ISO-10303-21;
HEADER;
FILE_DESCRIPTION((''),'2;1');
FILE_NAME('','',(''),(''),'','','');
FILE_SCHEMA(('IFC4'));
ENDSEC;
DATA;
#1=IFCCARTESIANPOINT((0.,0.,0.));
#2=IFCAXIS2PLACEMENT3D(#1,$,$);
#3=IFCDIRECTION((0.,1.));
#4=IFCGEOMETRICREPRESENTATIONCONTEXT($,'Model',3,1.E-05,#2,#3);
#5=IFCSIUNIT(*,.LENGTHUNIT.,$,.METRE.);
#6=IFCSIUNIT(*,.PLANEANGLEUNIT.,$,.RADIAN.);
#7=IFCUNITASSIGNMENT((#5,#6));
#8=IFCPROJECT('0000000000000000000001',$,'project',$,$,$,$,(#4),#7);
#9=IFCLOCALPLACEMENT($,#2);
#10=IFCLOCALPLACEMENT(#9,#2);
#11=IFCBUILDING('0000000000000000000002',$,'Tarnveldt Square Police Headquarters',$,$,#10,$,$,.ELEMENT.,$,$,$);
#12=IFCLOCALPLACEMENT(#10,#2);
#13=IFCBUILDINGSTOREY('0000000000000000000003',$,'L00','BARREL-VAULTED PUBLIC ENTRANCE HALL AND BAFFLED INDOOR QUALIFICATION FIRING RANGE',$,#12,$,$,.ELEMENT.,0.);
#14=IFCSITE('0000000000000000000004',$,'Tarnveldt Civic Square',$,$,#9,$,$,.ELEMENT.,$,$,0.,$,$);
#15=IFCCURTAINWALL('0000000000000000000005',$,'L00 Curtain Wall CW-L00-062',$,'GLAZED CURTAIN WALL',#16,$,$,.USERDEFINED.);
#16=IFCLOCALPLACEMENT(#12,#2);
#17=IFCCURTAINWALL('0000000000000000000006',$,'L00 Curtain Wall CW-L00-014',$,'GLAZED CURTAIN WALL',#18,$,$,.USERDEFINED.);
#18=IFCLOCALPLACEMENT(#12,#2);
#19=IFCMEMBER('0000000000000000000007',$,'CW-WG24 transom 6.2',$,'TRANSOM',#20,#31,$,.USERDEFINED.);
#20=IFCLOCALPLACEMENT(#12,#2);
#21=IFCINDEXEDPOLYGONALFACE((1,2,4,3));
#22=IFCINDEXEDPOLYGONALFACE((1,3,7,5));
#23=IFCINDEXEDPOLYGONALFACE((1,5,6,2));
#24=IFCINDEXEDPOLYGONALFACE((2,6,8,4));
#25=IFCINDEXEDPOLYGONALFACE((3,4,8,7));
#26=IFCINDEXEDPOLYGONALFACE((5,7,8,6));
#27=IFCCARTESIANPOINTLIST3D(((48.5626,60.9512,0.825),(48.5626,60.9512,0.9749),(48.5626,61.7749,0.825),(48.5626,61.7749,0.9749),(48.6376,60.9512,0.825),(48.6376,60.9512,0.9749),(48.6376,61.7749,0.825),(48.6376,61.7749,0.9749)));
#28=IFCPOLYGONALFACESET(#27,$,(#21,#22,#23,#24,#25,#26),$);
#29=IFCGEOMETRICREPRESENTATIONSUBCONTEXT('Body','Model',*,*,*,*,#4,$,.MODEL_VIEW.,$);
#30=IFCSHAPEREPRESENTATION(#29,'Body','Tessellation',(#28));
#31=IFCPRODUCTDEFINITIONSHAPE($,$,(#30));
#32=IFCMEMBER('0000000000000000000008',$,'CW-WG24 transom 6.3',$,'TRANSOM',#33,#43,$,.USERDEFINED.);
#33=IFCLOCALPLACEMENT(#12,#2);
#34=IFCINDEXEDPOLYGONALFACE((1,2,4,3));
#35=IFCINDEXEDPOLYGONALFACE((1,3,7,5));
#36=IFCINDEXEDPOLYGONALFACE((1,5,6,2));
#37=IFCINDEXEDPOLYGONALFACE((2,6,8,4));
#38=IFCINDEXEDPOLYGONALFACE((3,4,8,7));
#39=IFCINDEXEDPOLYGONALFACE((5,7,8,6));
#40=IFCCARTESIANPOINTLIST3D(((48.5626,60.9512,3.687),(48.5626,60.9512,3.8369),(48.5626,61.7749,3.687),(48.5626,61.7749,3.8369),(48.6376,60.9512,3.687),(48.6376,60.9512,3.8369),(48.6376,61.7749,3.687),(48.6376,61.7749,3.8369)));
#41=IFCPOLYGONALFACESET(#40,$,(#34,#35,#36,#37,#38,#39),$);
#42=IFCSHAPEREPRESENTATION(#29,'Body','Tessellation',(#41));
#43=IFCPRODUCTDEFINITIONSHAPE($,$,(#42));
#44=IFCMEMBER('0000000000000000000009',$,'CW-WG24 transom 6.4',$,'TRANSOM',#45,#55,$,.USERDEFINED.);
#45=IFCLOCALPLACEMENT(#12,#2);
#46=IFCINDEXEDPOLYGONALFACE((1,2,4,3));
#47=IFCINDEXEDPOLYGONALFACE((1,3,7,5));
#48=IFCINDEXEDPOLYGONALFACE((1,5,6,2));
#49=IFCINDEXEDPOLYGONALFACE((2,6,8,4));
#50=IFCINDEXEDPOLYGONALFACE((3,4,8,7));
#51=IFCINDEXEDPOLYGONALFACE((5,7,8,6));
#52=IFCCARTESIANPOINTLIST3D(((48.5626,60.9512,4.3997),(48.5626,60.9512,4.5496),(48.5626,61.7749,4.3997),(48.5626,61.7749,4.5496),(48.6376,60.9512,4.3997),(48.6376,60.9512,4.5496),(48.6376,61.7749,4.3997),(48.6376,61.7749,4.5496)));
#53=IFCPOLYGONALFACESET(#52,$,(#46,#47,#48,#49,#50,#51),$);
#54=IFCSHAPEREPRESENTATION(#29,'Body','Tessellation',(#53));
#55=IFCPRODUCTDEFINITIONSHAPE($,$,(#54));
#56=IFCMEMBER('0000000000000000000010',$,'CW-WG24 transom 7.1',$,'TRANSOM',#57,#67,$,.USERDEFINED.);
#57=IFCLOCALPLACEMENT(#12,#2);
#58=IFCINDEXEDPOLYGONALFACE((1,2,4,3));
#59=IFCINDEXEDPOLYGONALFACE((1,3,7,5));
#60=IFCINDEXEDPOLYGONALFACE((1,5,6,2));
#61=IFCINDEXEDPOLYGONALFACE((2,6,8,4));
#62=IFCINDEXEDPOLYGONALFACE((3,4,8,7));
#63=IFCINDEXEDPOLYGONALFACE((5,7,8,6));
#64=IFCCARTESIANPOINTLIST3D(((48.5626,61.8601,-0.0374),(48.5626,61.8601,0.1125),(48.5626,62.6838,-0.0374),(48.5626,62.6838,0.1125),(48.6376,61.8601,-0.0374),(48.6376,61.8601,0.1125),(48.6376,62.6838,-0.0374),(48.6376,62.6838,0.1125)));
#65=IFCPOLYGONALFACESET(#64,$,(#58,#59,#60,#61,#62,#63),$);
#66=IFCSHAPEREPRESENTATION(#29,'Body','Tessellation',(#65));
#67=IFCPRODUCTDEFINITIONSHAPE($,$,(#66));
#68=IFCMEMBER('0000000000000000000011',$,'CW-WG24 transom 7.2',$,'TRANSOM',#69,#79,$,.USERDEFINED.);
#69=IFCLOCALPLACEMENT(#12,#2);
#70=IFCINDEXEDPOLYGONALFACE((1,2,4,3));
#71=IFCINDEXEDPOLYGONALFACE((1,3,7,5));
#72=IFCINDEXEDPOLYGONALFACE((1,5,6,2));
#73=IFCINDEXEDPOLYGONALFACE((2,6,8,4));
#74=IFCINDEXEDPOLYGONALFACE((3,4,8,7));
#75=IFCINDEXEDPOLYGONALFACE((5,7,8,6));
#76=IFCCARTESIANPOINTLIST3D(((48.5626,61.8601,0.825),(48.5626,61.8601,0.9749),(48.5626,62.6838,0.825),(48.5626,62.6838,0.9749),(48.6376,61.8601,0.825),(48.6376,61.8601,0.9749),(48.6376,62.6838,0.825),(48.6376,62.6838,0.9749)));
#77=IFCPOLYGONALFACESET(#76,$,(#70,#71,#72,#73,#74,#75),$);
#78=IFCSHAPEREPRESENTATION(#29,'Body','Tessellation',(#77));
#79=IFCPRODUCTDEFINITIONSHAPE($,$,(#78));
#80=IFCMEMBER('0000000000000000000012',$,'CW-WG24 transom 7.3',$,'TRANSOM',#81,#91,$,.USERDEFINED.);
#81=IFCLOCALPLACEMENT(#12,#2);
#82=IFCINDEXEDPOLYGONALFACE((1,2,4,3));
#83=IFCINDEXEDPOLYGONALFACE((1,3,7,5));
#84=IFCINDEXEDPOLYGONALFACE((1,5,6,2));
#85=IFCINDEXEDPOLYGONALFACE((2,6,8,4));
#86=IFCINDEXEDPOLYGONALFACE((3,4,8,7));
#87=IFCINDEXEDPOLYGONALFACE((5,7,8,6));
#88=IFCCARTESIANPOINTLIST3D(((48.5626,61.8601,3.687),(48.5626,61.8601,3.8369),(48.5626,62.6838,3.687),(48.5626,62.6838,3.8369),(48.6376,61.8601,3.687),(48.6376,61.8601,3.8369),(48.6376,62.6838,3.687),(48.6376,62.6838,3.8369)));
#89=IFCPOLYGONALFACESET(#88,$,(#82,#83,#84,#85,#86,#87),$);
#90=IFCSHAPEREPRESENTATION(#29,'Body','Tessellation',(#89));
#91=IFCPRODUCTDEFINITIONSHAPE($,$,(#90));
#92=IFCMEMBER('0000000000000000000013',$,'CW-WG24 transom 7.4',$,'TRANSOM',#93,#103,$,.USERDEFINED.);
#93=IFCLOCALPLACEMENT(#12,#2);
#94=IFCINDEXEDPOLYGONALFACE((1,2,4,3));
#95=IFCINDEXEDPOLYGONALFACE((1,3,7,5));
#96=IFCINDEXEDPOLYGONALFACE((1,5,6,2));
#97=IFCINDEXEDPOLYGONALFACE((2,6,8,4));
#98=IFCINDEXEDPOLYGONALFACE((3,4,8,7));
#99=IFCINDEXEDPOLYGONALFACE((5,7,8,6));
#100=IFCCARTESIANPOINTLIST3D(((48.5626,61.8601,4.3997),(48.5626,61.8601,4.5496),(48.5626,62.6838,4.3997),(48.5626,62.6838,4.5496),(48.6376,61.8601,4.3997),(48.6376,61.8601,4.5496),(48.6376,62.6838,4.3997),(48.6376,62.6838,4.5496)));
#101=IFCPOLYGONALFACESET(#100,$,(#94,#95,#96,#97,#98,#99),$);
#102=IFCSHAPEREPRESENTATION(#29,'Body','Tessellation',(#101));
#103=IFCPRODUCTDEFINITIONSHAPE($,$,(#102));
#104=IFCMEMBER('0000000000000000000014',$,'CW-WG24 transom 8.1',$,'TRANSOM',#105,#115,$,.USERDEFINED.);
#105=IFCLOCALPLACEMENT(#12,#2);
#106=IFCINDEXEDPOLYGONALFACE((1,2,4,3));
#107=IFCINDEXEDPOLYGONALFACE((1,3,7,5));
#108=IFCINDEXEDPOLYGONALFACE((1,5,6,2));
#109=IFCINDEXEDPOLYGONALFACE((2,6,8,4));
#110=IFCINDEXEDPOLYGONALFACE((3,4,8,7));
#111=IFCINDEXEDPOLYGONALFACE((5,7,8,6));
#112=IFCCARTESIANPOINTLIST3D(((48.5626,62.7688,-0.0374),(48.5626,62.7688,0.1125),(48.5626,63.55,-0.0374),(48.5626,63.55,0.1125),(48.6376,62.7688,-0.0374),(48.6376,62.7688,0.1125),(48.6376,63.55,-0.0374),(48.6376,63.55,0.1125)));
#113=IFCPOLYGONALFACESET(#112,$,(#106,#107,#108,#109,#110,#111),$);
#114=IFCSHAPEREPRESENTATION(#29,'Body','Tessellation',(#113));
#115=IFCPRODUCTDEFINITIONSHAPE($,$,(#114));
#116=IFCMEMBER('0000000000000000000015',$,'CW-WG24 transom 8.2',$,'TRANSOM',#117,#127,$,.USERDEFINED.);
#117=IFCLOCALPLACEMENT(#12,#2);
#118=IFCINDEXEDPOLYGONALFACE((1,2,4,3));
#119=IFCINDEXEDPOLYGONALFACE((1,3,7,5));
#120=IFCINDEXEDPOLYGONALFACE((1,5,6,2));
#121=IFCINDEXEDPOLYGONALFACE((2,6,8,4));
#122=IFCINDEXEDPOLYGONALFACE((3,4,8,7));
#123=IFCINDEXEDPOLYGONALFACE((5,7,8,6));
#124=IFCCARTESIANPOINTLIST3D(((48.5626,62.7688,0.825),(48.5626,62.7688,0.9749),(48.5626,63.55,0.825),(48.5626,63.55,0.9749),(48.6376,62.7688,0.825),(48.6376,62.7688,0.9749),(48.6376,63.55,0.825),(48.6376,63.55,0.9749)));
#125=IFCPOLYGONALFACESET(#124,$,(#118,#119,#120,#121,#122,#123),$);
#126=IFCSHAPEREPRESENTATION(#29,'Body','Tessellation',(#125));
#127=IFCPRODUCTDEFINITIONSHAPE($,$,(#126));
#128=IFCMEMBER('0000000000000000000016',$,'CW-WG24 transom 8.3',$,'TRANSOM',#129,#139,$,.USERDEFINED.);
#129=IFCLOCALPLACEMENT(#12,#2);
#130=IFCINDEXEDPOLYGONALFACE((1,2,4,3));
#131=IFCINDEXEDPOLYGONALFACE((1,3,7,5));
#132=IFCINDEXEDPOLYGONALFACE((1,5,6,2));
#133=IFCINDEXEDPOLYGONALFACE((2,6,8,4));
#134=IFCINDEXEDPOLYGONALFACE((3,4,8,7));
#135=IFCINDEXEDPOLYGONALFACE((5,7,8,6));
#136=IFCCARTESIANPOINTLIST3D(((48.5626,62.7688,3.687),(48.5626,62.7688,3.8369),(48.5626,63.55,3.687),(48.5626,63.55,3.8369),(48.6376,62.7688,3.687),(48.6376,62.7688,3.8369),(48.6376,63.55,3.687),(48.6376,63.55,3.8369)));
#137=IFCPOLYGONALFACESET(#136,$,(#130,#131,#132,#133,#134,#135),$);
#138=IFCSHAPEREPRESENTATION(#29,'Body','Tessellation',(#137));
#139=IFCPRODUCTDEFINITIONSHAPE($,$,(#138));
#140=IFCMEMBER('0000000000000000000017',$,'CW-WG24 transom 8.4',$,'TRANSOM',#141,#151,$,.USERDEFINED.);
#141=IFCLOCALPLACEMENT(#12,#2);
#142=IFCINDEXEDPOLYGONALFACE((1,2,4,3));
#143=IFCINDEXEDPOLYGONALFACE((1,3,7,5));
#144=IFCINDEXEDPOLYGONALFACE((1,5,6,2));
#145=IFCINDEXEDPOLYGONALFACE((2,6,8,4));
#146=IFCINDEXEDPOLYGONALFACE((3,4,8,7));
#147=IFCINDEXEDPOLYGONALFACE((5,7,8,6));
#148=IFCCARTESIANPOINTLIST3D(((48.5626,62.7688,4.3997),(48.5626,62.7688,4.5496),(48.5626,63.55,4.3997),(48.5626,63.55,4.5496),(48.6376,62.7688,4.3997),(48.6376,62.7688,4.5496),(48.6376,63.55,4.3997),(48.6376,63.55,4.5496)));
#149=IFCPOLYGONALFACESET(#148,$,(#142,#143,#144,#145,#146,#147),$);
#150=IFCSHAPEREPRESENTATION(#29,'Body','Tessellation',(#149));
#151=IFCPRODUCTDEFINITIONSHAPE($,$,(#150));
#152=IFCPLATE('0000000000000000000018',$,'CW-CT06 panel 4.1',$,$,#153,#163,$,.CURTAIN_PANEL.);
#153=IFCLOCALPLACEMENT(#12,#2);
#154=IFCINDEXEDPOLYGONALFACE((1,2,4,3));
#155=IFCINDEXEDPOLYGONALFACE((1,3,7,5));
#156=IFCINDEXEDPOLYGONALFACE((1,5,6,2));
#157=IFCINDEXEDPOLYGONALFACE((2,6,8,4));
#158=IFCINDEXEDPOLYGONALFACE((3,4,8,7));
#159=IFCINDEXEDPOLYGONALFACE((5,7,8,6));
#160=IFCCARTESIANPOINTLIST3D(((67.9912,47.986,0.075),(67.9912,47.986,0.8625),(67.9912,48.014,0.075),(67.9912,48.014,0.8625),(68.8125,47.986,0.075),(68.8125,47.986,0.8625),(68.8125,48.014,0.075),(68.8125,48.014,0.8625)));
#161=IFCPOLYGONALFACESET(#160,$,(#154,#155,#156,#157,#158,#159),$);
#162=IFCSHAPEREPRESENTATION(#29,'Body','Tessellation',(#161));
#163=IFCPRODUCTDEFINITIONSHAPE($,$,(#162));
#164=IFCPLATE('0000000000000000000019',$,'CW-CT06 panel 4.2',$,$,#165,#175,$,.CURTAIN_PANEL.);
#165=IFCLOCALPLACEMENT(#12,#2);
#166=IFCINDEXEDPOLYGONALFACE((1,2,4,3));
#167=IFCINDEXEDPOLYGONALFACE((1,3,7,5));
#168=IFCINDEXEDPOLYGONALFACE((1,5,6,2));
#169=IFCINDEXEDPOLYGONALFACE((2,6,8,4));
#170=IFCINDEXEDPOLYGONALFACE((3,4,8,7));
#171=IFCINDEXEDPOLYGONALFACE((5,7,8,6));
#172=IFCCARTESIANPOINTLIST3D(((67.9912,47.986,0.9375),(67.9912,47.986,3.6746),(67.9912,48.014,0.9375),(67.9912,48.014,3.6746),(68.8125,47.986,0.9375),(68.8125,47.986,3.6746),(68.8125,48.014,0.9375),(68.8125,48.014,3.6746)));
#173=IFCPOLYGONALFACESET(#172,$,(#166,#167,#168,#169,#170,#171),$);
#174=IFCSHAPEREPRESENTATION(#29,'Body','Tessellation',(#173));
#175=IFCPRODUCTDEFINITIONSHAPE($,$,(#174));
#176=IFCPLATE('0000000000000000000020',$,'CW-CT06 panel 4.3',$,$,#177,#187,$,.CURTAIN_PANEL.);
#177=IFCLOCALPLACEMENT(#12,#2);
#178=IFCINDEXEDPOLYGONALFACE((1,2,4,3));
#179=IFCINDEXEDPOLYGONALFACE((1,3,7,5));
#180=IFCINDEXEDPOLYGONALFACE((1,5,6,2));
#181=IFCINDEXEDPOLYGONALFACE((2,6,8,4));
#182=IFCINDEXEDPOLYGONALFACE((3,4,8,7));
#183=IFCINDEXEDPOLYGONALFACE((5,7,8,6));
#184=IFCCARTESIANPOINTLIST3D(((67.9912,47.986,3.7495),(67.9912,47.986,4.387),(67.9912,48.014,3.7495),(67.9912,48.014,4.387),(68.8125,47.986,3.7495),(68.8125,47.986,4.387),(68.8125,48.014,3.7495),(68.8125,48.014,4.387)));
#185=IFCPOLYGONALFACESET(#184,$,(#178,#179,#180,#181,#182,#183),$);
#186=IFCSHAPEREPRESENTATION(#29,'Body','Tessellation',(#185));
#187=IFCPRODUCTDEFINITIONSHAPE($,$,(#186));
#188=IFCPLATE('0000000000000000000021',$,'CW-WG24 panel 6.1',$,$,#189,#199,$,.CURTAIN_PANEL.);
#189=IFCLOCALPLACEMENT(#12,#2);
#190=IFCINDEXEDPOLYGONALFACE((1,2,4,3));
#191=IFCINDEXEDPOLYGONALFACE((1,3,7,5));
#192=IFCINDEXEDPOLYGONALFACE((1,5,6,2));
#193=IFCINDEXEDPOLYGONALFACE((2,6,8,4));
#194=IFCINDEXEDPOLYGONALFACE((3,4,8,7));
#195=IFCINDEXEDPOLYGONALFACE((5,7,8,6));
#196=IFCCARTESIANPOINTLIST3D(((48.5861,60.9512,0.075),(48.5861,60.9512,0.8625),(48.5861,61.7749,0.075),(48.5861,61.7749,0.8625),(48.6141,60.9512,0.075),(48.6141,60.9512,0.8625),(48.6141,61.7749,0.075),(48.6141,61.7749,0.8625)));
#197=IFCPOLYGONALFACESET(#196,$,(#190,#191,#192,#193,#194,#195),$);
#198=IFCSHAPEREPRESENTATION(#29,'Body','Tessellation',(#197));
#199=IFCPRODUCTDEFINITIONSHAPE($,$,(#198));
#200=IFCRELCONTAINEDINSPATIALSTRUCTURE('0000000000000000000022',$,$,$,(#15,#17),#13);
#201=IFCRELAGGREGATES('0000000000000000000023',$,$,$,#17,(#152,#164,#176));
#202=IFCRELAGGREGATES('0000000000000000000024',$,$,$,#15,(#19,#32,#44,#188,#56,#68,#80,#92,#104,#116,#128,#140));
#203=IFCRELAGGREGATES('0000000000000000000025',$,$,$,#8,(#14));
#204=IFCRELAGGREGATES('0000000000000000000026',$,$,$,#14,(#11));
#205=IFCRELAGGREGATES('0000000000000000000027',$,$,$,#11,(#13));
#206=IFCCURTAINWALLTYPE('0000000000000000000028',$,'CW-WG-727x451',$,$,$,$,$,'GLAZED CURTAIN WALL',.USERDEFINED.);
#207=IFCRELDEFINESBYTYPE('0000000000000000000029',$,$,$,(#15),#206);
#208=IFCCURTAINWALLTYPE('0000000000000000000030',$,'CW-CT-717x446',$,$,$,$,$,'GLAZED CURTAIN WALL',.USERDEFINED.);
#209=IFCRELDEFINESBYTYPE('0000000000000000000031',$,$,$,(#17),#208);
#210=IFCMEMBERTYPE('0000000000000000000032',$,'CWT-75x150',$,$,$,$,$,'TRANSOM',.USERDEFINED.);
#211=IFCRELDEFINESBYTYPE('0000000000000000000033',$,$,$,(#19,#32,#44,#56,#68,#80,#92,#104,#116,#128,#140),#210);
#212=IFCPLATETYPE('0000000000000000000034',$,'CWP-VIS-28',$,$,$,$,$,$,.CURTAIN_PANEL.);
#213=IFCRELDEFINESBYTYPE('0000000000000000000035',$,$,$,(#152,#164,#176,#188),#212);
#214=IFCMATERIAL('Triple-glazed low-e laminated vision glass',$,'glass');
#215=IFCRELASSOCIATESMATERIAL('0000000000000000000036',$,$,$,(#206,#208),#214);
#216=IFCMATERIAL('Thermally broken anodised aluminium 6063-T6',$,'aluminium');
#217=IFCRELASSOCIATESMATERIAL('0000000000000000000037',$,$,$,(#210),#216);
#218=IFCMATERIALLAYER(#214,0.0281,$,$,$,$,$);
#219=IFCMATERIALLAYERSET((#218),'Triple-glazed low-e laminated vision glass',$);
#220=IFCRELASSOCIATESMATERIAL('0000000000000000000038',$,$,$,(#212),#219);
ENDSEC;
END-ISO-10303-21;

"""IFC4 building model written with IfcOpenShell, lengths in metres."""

from ifc_helpers import new_model, si_unit, direction, frame, origin, origin_2d, place, context, subcontext, project, spatial, rectangle, extrude, material, layer, layer_set, material_profile, profile_set, type_object, element, aggregate, save


model = new_model("IFC4")

# Units and contexts
model_context = context("Model", 3, precision=1e-05, world=origin(), true_north=direction((0.0, 1.0)))
body_context = subcontext(model_context, "Body", "Model", "MODEL_VIEW")
ifc_project = project(units=[si_unit("LENGTHUNIT", "METRE"), si_unit("PLANEANGLEUNIT", "RADIAN")], contexts=[model_context])

# Site, building, storey
site_placement = place(None, origin())
site = spatial("IfcSite", under=ifc_project, at=site_placement, Name="Tarnveldt Civic Square", CompositionType="ELEMENT", RefElevation=0.0)
building_placement = place(site_placement, origin())
building = spatial("IfcBuilding", under=site, at=building_placement, Name="Tarnveldt Square Police Headquarters", CompositionType="ELEMENT")
storey_placement = place(building_placement, origin())
storey = spatial("IfcBuildingStorey", under=building, at=storey_placement, Name="L00", Description="BARREL-VAULTED PUBLIC ENTRANCE HALL AND BAFFLED INDOOR QUALIFICATION FIRING RANGE", CompositionType="ELEMENT", Elevation=0.0)

# Curtain walls
ifc_material_1 = material(Name="Triple-glazed low-e laminated vision glass", Category="glass")
curtain_wall_type_1 = type_object("IfcCurtainWallType", Name="CW-WG-727x451", ElementType="GLAZED CURTAIN WALL", PredefinedType="USERDEFINED", material=ifc_material_1)
curtain_wall_1_placement = place(storey_placement, origin())
curtain_wall_1 = element("IfcCurtainWall", 1, at=curtain_wall_1_placement, inside=storey, type_object=curtain_wall_type_1, Name="L00 Curtain Wall CW-L00-062", ObjectType="GLAZED CURTAIN WALL", PredefinedType="USERDEFINED")
ifc_material_2 = material(Name="Thermally broken anodised aluminium 6063-T6", Category="aluminium")
curtain_wall_type_2 = type_object("IfcCurtainWallType", Name="CW-CT-717x446", ElementType="GLAZED CURTAIN WALL", PredefinedType="USERDEFINED", material=ifc_material_1)
curtain_wall_2_placement = place(storey_placement, origin())
curtain_wall_2 = element("IfcCurtainWall", 2, at=curtain_wall_2_placement, inside=storey, type_object=curtain_wall_type_2, Name="L00 Curtain Wall CW-L00-014", ObjectType="GLAZED CURTAIN WALL", PredefinedType="USERDEFINED")
ifc_material_profile_1 = material_profile(ifc_material_2, rectangle(XDim=0.075, YDim=0.1499, at=origin_2d()), Name="CW-T75x150")
ifc_profile_set_1 = profile_set([ifc_material_profile_1], Name="Thermally broken anodised aluminium 6063-T6")
member_type_1 = type_object("IfcMemberType", Name="CWT-75x150", ElementType="TRANSOM", PredefinedType="USERDEFINED", material=ifc_profile_set_1)

# Members
member_1_placement = place(storey_placement, frame((48.6001, 60.9512, 0.8999), z_axis=(0.0, 1.0, 0.0), x_axis=(-1.0, 0.0, 0.0)))
member_1 = element("IfcMember", 3, at=member_1_placement, type_object=member_type_1, Name="CW-WG24 transom 6.2", ObjectType="TRANSOM", PredefinedType="USERDEFINED", context=body_context, shape_type="SweptSolid", body=[
    extrude(rectangle(XDim=0.075, YDim=0.1499, at=origin_2d()), origin(), (0.0, 0.0, 1.0), 0.8237),
])
member_2_placement = place(storey_placement, frame((48.6001, 60.9512, 3.762), z_axis=(0.0, 1.0, 0.0), x_axis=(-1.0, 0.0, 0.0)))
member_2 = element("IfcMember", 4, at=member_2_placement, type_object=member_type_1, Name="CW-WG24 transom 6.3", ObjectType="TRANSOM", PredefinedType="USERDEFINED", context=body_context, shape_type="SweptSolid", body=[
    extrude(rectangle(XDim=0.075, YDim=0.1499, at=origin_2d()), origin(), (0.0, 0.0, 1.0), 0.8237),
])
member_3_placement = place(storey_placement, frame((48.6001, 60.9512, 4.4746), z_axis=(0.0, 1.0, 0.0), x_axis=(-1.0, 0.0, 0.0)))
member_3 = element("IfcMember", 5, at=member_3_placement, type_object=member_type_1, Name="CW-WG24 transom 6.4", ObjectType="TRANSOM", PredefinedType="USERDEFINED", context=body_context, shape_type="SweptSolid", body=[
    extrude(rectangle(XDim=0.075, YDim=0.1499, at=origin_2d()), origin(), (0.0, 0.0, 1.0), 0.8237),
])
member_4_placement = place(storey_placement, frame((48.6001, 61.8601, 0.0376), z_axis=(0.0, 1.0, 0.0), x_axis=(-1.0, 0.0, 0.0)))
member_4 = element("IfcMember", 6, at=member_4_placement, type_object=member_type_1, Name="CW-WG24 transom 7.1", ObjectType="TRANSOM", PredefinedType="USERDEFINED", context=body_context, shape_type="SweptSolid", body=[
    extrude(rectangle(XDim=0.075, YDim=0.1499, at=origin_2d()), origin(), (0.0, 0.0, 1.0), 0.8237),
])
member_5_placement = place(storey_placement, frame((48.6001, 61.8601, 0.8999), z_axis=(0.0, 1.0, 0.0), x_axis=(-1.0, 0.0, 0.0)))
member_5 = element("IfcMember", 7, at=member_5_placement, type_object=member_type_1, Name="CW-WG24 transom 7.2", ObjectType="TRANSOM", PredefinedType="USERDEFINED", context=body_context, shape_type="SweptSolid", body=[
    extrude(rectangle(XDim=0.075, YDim=0.1499, at=origin_2d()), origin(), (0.0, 0.0, 1.0), 0.8237),
])
member_6_placement = place(storey_placement, frame((48.6001, 61.8601, 3.762), z_axis=(0.0, 1.0, 0.0), x_axis=(-1.0, 0.0, 0.0)))
member_6 = element("IfcMember", 8, at=member_6_placement, type_object=member_type_1, Name="CW-WG24 transom 7.3", ObjectType="TRANSOM", PredefinedType="USERDEFINED", context=body_context, shape_type="SweptSolid", body=[
    extrude(rectangle(XDim=0.075, YDim=0.1499, at=origin_2d()), origin(), (0.0, 0.0, 1.0), 0.8237),
])
member_7_placement = place(storey_placement, frame((48.6001, 61.8601, 4.4746), z_axis=(0.0, 1.0, 0.0), x_axis=(-1.0, 0.0, 0.0)))
member_7 = element("IfcMember", 9, at=member_7_placement, type_object=member_type_1, Name="CW-WG24 transom 7.4", ObjectType="TRANSOM", PredefinedType="USERDEFINED", context=body_context, shape_type="SweptSolid", body=[
    extrude(rectangle(XDim=0.075, YDim=0.1499, at=origin_2d()), origin(), (0.0, 0.0, 1.0), 0.8237),
])
member_8_placement = place(storey_placement, frame((48.6001, 62.7688, 0.0376), z_axis=(0.0, 1.0, 0.0), x_axis=(-1.0, 0.0, 0.0)))
member_8 = element("IfcMember", 10, at=member_8_placement, type_object=member_type_1, Name="CW-WG24 transom 8.1", ObjectType="TRANSOM", PredefinedType="USERDEFINED", context=body_context, shape_type="SweptSolid", body=[
    extrude(rectangle(XDim=0.075, YDim=0.1499, at=origin_2d()), origin(), (0.0, 0.0, 1.0), 0.7812),
])
member_9_placement = place(storey_placement, frame((48.6001, 62.7688, 0.8999), z_axis=(0.0, 1.0, 0.0), x_axis=(-1.0, 0.0, 0.0)))
member_9 = element("IfcMember", 11, at=member_9_placement, type_object=member_type_1, Name="CW-WG24 transom 8.2", ObjectType="TRANSOM", PredefinedType="USERDEFINED", context=body_context, shape_type="SweptSolid", body=[
    extrude(rectangle(XDim=0.075, YDim=0.1499, at=origin_2d()), origin(), (0.0, 0.0, 1.0), 0.7812),
])
member_10_placement = place(storey_placement, frame((48.6001, 62.7688, 3.762), z_axis=(0.0, 1.0, 0.0), x_axis=(-1.0, 0.0, 0.0)))
member_10 = element("IfcMember", 12, at=member_10_placement, type_object=member_type_1, Name="CW-WG24 transom 8.3", ObjectType="TRANSOM", PredefinedType="USERDEFINED", context=body_context, shape_type="SweptSolid", body=[
    extrude(rectangle(XDim=0.075, YDim=0.1499, at=origin_2d()), origin(), (0.0, 0.0, 1.0), 0.7812),
])
member_11_placement = place(storey_placement, frame((48.6001, 62.7688, 4.4746), z_axis=(0.0, 1.0, 0.0), x_axis=(-1.0, 0.0, 0.0)))
member_11 = element("IfcMember", 13, at=member_11_placement, type_object=member_type_1, Name="CW-WG24 transom 8.4", ObjectType="TRANSOM", PredefinedType="USERDEFINED", context=body_context, shape_type="SweptSolid", body=[
    extrude(rectangle(XDim=0.075, YDim=0.1499, at=origin_2d()), origin(), (0.0, 0.0, 1.0), 0.7812),
])

# Plates
ifc_layer = layer(ifc_material_1, 0.0281)
ifc_layer_set = layer_set([ifc_layer], Name="Triple-glazed low-e laminated vision glass")
plate_type = type_object("IfcPlateType", Name="CWP-VIS-28", PredefinedType="CURTAIN_PANEL", material=ifc_layer_set)
plate_1_placement = place(storey_placement, frame((68.4019, 48.0, 0.075), z_axis=(0.0, 0.0, 1.0), x_axis=(1.0, 0.0, 0.0)))
plate_1 = element("IfcPlate", 14, at=plate_1_placement, type_object=plate_type, Name="CW-CT06 panel 4.1", PredefinedType="CURTAIN_PANEL", context=body_context, shape_type="SweptSolid", body=[
    extrude(rectangle(XDim=0.8213, YDim=0.0281, at=origin_2d()), origin(), (0.0, 0.0, 1.0), 0.7876),
])
plate_2_placement = place(storey_placement, frame((68.4019, 48.0, 0.9375), z_axis=(0.0, 0.0, 1.0), x_axis=(1.0, 0.0, 0.0)))
plate_2 = element("IfcPlate", 15, at=plate_2_placement, type_object=plate_type, Name="CW-CT06 panel 4.2", PredefinedType="CURTAIN_PANEL", context=body_context, shape_type="SweptSolid", body=[
    extrude(rectangle(XDim=0.8213, YDim=0.0281, at=origin_2d()), origin(), (0.0, 0.0, 1.0), 2.7371),
])
plate_3_placement = place(storey_placement, frame((68.4019, 48.0, 3.7495), z_axis=(0.0, 0.0, 1.0), x_axis=(1.0, 0.0, 0.0)))
plate_3 = element("IfcPlate", 16, at=plate_3_placement, type_object=plate_type, Name="CW-CT06 panel 4.3", PredefinedType="CURTAIN_PANEL", context=body_context, shape_type="SweptSolid", body=[
    extrude(rectangle(XDim=0.8213, YDim=0.0281, at=origin_2d()), origin(), (0.0, 0.0, 1.0), 0.6375),
])
aggregate(curtain_wall_2, [plate_1, plate_2, plate_3])
plate_4_placement = place(storey_placement, frame((48.6001, 61.363, 0.075), z_axis=(0.0, 0.0, 1.0), x_axis=(0.0, 1.0, 0.0)))
plate_4 = element("IfcPlate", 17, at=plate_4_placement, type_object=plate_type, Name="CW-WG24 panel 6.1", PredefinedType="CURTAIN_PANEL", context=body_context, shape_type="SweptSolid", body=[
    extrude(rectangle(XDim=0.8237, YDim=0.0281, at=origin_2d()), origin(), (0.0, 0.0, 1.0), 0.7876),
])
aggregate(curtain_wall_1, [member_1, member_2, member_3, plate_4, member_4, member_5, member_6, member_7, member_8, member_9, member_10, member_11])

save(model, "model.ifc")
